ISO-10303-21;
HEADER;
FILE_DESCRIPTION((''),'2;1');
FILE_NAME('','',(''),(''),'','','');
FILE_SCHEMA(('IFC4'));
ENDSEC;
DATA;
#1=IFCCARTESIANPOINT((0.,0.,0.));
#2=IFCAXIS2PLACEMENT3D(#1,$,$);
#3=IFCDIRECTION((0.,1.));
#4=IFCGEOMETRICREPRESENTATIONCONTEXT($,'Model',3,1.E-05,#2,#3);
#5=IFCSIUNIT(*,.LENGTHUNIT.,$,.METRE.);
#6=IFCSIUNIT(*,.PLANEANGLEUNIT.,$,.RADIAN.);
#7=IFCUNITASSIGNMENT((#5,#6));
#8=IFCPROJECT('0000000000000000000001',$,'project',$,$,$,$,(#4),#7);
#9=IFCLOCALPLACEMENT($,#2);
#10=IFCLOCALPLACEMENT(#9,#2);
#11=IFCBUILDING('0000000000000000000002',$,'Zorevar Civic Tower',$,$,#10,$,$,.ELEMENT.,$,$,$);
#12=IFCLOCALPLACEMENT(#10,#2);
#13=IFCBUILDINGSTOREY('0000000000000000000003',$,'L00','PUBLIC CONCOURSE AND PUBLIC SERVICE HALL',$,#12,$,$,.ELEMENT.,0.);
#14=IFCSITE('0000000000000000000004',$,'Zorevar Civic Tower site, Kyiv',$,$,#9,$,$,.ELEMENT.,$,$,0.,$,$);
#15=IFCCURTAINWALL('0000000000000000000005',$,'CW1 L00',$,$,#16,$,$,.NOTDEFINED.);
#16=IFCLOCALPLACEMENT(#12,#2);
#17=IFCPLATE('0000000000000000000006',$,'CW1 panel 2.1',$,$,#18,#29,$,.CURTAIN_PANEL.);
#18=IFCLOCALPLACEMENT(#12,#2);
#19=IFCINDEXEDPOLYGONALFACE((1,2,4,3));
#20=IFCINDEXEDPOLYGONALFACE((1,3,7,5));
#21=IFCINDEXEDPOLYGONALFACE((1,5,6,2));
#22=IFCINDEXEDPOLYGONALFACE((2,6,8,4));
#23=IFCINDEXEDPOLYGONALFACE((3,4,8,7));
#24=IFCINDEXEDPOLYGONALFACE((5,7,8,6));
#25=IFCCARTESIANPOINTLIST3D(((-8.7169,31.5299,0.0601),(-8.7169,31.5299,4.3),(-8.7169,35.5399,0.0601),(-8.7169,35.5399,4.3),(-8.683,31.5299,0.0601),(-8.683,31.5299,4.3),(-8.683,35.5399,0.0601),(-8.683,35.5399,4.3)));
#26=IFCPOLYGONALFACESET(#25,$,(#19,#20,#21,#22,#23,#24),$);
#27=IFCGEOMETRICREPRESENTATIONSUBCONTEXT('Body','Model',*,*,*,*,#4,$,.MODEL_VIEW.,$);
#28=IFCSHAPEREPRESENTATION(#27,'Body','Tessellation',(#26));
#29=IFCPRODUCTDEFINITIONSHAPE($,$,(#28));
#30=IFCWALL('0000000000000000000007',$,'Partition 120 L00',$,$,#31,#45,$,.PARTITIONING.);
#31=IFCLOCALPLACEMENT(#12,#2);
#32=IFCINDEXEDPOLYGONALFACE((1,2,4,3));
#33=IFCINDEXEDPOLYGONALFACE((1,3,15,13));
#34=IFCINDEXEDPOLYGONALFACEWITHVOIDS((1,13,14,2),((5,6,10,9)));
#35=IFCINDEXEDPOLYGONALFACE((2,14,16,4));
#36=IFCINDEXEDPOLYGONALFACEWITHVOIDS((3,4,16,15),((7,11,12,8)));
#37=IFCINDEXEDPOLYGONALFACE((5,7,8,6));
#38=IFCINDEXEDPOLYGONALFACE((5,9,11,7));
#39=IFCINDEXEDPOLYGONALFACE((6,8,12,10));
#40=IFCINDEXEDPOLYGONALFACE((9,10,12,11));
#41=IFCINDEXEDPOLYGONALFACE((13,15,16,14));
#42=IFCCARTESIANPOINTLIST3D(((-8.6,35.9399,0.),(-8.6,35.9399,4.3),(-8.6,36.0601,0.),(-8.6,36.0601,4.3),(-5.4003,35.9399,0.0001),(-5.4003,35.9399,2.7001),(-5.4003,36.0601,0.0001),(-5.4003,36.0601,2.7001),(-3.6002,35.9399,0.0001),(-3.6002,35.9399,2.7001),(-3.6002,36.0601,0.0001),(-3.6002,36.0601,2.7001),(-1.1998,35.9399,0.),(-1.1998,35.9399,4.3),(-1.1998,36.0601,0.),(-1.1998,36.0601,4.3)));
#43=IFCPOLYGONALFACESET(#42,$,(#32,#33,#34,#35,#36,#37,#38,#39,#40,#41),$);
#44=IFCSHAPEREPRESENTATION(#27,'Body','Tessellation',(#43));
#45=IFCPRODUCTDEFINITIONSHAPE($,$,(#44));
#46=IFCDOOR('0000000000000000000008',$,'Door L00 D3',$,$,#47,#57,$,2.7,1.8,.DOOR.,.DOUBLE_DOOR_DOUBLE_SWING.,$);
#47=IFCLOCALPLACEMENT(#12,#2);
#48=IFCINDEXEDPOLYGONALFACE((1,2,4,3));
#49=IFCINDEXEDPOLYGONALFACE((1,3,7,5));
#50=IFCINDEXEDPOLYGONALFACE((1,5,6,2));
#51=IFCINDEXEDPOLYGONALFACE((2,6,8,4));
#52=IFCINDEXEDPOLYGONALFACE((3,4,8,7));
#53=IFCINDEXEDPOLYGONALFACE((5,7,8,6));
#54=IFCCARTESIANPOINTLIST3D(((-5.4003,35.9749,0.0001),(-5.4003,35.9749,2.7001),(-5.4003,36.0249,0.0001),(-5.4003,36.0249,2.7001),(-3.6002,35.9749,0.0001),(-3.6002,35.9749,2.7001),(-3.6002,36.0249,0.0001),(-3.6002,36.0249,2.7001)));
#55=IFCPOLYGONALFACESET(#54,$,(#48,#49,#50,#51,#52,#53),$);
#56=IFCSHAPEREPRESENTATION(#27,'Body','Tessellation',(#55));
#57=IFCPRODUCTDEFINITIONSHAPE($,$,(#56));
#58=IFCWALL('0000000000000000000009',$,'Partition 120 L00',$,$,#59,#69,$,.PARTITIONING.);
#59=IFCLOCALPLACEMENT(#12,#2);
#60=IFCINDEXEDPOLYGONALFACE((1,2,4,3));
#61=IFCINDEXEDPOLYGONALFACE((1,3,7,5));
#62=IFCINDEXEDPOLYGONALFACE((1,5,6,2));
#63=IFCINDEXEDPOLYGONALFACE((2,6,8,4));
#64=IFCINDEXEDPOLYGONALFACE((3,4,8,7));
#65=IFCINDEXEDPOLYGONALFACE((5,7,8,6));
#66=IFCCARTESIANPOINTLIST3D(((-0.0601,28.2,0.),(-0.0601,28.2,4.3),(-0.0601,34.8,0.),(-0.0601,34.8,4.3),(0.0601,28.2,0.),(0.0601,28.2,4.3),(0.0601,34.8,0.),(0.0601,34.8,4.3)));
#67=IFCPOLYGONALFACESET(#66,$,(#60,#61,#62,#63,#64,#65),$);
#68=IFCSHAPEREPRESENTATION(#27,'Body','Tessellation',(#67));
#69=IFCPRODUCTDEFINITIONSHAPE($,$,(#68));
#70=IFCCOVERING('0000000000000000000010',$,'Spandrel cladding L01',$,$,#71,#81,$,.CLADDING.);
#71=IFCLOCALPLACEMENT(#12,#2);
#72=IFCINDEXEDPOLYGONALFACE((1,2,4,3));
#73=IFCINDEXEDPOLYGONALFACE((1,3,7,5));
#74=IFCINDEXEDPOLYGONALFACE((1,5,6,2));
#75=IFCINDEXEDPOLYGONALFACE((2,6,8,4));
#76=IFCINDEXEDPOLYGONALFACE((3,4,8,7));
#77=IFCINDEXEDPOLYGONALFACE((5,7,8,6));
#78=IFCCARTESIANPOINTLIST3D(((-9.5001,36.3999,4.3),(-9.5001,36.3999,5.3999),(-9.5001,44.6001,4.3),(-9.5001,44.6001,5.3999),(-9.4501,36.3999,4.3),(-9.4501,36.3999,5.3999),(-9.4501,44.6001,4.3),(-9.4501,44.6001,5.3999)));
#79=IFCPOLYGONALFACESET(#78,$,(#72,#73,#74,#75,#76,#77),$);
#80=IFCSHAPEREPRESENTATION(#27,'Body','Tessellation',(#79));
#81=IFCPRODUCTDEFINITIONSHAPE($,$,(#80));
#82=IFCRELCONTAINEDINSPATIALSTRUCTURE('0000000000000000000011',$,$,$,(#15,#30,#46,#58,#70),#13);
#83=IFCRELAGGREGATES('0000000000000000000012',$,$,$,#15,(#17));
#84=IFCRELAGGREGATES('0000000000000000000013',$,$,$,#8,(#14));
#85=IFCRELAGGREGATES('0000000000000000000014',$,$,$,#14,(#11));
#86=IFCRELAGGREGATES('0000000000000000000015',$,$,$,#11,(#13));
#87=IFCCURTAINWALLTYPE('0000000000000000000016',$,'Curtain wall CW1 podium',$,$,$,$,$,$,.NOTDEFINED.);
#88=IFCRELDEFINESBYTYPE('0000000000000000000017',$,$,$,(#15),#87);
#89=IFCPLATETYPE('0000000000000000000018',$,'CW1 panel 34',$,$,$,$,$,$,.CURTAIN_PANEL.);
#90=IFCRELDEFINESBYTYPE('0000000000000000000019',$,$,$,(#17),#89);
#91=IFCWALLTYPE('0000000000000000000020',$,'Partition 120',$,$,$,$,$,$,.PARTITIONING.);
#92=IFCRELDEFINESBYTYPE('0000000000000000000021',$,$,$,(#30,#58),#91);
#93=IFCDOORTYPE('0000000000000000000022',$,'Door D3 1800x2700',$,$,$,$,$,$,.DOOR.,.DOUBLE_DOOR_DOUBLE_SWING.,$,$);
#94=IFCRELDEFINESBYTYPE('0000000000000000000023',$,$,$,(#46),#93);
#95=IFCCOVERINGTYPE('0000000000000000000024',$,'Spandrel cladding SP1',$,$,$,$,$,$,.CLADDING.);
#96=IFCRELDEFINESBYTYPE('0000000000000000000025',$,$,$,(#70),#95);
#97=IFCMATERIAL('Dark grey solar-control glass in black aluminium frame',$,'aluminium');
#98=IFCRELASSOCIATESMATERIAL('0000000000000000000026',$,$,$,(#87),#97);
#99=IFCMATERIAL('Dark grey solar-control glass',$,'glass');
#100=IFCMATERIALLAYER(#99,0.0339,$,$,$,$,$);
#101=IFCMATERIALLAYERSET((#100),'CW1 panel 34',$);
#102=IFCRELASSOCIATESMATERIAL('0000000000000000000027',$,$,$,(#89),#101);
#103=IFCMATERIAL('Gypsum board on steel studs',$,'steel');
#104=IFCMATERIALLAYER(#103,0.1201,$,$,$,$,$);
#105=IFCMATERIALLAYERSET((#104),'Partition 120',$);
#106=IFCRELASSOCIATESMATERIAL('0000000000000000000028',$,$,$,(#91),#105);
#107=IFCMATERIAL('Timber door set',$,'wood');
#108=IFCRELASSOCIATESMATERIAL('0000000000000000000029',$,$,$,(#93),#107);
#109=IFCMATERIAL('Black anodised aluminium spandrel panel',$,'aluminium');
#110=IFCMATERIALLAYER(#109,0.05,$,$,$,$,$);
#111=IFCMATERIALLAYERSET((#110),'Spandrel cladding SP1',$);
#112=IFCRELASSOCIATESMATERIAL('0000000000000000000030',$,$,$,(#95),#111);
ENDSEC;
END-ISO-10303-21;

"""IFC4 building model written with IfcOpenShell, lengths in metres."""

from ifc_helpers import new_model, si_unit, direction, frame, frame_2d, origin, origin_2d, place, context, subcontext, project, spatial, rectangle, extrude, material, layer, layer_set, type_object, element, fill, aggregate, save


model = new_model("IFC4")

# Units and contexts
model_context = context("Model", 3, precision=1e-05, world=origin(), true_north=direction((0.0, 1.0)))
body_context = subcontext(model_context, "Body", "Model", "MODEL_VIEW")
ifc_project = project(units=[si_unit("LENGTHUNIT", "METRE"), si_unit("PLANEANGLEUNIT", "RADIAN")], contexts=[model_context])

# Site, building, storey
site_placement = place(None, origin())
site = spatial("IfcSite", under=ifc_project, at=site_placement, Name="Zorevar Civic Tower site, Kyiv", CompositionType="ELEMENT", RefElevation=0.0)
building_placement = place(site_placement, origin())
building = spatial("IfcBuilding", under=site, at=building_placement, Name="Zorevar Civic Tower", CompositionType="ELEMENT")
storey_placement = place(building_placement, origin())
storey = spatial("IfcBuildingStorey", under=building, at=storey_placement, Name="L00", Description="PUBLIC CONCOURSE AND PUBLIC SERVICE HALL", CompositionType="ELEMENT", Elevation=0.0)

# Curtain wall
ifc_material_1 = material(Name="Dark grey solar-control glass in black aluminium frame", Category="aluminium")
curtain_wall_type = type_object("IfcCurtainWallType", Name="Curtain wall CW1 podium", PredefinedType="NOTDEFINED", material=ifc_material_1)
curtain_wall_placement = place(storey_placement, origin())
curtain_wall = element("IfcCurtainWall", 1, at=curtain_wall_placement, inside=storey, type_object=curtain_wall_type, Name="CW1 L00", PredefinedType="NOTDEFINED")

# Plate
ifc_material_2 = material(Name="Dark grey solar-control glass", Category="glass")
ifc_layer_1 = layer(ifc_material_2, 0.0339)
ifc_layer_set_1 = layer_set([ifc_layer_1], Name="CW1 panel 34")
plate_type = type_object("IfcPlateType", Name="CW1 panel 34", PredefinedType="CURTAIN_PANEL", material=ifc_layer_set_1)
plate_1_placement = place(storey_placement, frame((-8.7, 33.5349, 0.0601), z_axis=(0.0, 0.0, 1.0), x_axis=(0.0, 1.0, 0.0)))
plate_1 = element("IfcPlate", 2, at=plate_1_placement, type_object=plate_type, Name="CW1 panel 2.1", PredefinedType="CURTAIN_PANEL", context=body_context, shape_type="SweptSolid", body=[
    extrude(rectangle(XDim=4.01, YDim=0.0339, at=origin_2d()), origin(), (0.0, 0.0, 1.0), 4.24),
])
aggregate(curtain_wall, [plate_1])

# Wall, opening, door
ifc_material_3 = material(Name="Gypsum board on steel studs", Category="steel")
ifc_layer_2 = layer(ifc_material_3, 0.1201)
ifc_layer_set_2 = layer_set([ifc_layer_2], Name="Partition 120")
wall_type_1 = type_object("IfcWallType", Name="Partition 120", PredefinedType="PARTITIONING", material=ifc_layer_set_2)
wall_1_placement = place(storey_placement, frame((-8.6001, 36.0, 0.0), z_axis=(0.0, 0.0, 1.0), x_axis=(1.0, 0.0, 0.0)))
wall_1 = element("IfcWall", 3, at=wall_1_placement, inside=storey, type_object=wall_type_1, Name="Partition 120 L00", PredefinedType="PARTITIONING", context=body_context, shape_type="SweptSolid", body=[
    extrude(rectangle(XDim=7.4001, YDim=0.1201, at=frame_2d((3.7002, 0.0))), origin(), (0.0, 0.0, 1.0), 4.3),
])
opening_1_placement = place(wall_1_placement, frame((3.2, 0.0, 0.0)))
opening_1 = element("IfcOpeningElement", 4, at=opening_1_placement, cuts=wall_1, PredefinedType="OPENING", context=body_context, shape_type="SweptSolid", body=[
    extrude(rectangle(XDim=1.8, YDim=2.7, at=frame_2d((0.8999, 1.3501))), frame((0.0, 0.0701, 0.0), z_axis=(0.0, -1.0, 0.0), x_axis=(1.0, 0.0, 0.0)), (0.0, 0.0, 1.0), 0.1401),
])
ifc_material_4 = material(Name="Timber door set", Category="wood")
door_type_1 = type_object("IfcDoorType", Name="Door D3 1800x2700", OperationType="DOUBLE_DOOR_DOUBLE_SWING", PredefinedType="DOOR", material=ifc_material_4)
door_1_placement = place(opening_1_placement, origin())
door_1 = element("IfcDoor", 5, at=door_1_placement, inside=storey, type_object=door_type_1, Name="Door L00 D3", OperationType="DOUBLE_DOOR_DOUBLE_SWING", OverallHeight=2.7, OverallWidth=1.8, PredefinedType="DOOR", context=body_context, shape_type="SweptSolid", body=[
    extrude(rectangle(XDim=1.8, YDim=2.7, at=frame_2d((0.8999, 1.3501))), frame((0.0, 0.0249, 0.0), z_axis=(0.0, -1.0, 0.0), x_axis=(1.0, 0.0, 0.0)), (0.0, 0.0, 1.0), 0.05),
])
fill(opening_1, door_1)

# Wall
wall_2_placement = place(storey_placement, frame((0.0, 28.2, 0.0), z_axis=(0.0, 0.0, 1.0), x_axis=(0.0, 1.0, 0.0)))
element("IfcWall", 6, at=wall_2_placement, inside=storey, type_object=wall_type_1, Name="Partition 120 L00", PredefinedType="PARTITIONING", context=body_context, shape_type="SweptSolid", body=[
    extrude(rectangle(XDim=6.6001, YDim=0.1201, at=frame_2d((3.3, 0.0))), origin(), (0.0, 0.0, 1.0), 4.3),
])

# Covering
ifc_material_5 = material(Name="Black anodised aluminium spandrel panel", Category="aluminium")
ifc_layer_3 = layer(ifc_material_5, 0.05)
ifc_layer_set_3 = layer_set([ifc_layer_3], Name="Spandrel cladding SP1")
covering_type = type_object("IfcCoveringType", Name="Spandrel cladding SP1", PredefinedType="CLADDING", material=ifc_layer_set_3)
covering_placement = place(storey_placement, frame((-9.4751, 36.3999, 4.3), z_axis=(0.0, 0.0, 1.0), x_axis=(0.0, 1.0, 0.0)))
element("IfcCovering", 7, at=covering_placement, inside=storey, type_object=covering_type, Name="Spandrel cladding L01", PredefinedType="CLADDING", context=body_context, shape_type="SweptSolid", body=[
    extrude(rectangle(XDim=8.2002, YDim=0.05, at=frame_2d((4.1001, 0.0))), origin(), (0.0, 0.0, 1.0), 1.0999),
])

save(model, "model.ifc")
